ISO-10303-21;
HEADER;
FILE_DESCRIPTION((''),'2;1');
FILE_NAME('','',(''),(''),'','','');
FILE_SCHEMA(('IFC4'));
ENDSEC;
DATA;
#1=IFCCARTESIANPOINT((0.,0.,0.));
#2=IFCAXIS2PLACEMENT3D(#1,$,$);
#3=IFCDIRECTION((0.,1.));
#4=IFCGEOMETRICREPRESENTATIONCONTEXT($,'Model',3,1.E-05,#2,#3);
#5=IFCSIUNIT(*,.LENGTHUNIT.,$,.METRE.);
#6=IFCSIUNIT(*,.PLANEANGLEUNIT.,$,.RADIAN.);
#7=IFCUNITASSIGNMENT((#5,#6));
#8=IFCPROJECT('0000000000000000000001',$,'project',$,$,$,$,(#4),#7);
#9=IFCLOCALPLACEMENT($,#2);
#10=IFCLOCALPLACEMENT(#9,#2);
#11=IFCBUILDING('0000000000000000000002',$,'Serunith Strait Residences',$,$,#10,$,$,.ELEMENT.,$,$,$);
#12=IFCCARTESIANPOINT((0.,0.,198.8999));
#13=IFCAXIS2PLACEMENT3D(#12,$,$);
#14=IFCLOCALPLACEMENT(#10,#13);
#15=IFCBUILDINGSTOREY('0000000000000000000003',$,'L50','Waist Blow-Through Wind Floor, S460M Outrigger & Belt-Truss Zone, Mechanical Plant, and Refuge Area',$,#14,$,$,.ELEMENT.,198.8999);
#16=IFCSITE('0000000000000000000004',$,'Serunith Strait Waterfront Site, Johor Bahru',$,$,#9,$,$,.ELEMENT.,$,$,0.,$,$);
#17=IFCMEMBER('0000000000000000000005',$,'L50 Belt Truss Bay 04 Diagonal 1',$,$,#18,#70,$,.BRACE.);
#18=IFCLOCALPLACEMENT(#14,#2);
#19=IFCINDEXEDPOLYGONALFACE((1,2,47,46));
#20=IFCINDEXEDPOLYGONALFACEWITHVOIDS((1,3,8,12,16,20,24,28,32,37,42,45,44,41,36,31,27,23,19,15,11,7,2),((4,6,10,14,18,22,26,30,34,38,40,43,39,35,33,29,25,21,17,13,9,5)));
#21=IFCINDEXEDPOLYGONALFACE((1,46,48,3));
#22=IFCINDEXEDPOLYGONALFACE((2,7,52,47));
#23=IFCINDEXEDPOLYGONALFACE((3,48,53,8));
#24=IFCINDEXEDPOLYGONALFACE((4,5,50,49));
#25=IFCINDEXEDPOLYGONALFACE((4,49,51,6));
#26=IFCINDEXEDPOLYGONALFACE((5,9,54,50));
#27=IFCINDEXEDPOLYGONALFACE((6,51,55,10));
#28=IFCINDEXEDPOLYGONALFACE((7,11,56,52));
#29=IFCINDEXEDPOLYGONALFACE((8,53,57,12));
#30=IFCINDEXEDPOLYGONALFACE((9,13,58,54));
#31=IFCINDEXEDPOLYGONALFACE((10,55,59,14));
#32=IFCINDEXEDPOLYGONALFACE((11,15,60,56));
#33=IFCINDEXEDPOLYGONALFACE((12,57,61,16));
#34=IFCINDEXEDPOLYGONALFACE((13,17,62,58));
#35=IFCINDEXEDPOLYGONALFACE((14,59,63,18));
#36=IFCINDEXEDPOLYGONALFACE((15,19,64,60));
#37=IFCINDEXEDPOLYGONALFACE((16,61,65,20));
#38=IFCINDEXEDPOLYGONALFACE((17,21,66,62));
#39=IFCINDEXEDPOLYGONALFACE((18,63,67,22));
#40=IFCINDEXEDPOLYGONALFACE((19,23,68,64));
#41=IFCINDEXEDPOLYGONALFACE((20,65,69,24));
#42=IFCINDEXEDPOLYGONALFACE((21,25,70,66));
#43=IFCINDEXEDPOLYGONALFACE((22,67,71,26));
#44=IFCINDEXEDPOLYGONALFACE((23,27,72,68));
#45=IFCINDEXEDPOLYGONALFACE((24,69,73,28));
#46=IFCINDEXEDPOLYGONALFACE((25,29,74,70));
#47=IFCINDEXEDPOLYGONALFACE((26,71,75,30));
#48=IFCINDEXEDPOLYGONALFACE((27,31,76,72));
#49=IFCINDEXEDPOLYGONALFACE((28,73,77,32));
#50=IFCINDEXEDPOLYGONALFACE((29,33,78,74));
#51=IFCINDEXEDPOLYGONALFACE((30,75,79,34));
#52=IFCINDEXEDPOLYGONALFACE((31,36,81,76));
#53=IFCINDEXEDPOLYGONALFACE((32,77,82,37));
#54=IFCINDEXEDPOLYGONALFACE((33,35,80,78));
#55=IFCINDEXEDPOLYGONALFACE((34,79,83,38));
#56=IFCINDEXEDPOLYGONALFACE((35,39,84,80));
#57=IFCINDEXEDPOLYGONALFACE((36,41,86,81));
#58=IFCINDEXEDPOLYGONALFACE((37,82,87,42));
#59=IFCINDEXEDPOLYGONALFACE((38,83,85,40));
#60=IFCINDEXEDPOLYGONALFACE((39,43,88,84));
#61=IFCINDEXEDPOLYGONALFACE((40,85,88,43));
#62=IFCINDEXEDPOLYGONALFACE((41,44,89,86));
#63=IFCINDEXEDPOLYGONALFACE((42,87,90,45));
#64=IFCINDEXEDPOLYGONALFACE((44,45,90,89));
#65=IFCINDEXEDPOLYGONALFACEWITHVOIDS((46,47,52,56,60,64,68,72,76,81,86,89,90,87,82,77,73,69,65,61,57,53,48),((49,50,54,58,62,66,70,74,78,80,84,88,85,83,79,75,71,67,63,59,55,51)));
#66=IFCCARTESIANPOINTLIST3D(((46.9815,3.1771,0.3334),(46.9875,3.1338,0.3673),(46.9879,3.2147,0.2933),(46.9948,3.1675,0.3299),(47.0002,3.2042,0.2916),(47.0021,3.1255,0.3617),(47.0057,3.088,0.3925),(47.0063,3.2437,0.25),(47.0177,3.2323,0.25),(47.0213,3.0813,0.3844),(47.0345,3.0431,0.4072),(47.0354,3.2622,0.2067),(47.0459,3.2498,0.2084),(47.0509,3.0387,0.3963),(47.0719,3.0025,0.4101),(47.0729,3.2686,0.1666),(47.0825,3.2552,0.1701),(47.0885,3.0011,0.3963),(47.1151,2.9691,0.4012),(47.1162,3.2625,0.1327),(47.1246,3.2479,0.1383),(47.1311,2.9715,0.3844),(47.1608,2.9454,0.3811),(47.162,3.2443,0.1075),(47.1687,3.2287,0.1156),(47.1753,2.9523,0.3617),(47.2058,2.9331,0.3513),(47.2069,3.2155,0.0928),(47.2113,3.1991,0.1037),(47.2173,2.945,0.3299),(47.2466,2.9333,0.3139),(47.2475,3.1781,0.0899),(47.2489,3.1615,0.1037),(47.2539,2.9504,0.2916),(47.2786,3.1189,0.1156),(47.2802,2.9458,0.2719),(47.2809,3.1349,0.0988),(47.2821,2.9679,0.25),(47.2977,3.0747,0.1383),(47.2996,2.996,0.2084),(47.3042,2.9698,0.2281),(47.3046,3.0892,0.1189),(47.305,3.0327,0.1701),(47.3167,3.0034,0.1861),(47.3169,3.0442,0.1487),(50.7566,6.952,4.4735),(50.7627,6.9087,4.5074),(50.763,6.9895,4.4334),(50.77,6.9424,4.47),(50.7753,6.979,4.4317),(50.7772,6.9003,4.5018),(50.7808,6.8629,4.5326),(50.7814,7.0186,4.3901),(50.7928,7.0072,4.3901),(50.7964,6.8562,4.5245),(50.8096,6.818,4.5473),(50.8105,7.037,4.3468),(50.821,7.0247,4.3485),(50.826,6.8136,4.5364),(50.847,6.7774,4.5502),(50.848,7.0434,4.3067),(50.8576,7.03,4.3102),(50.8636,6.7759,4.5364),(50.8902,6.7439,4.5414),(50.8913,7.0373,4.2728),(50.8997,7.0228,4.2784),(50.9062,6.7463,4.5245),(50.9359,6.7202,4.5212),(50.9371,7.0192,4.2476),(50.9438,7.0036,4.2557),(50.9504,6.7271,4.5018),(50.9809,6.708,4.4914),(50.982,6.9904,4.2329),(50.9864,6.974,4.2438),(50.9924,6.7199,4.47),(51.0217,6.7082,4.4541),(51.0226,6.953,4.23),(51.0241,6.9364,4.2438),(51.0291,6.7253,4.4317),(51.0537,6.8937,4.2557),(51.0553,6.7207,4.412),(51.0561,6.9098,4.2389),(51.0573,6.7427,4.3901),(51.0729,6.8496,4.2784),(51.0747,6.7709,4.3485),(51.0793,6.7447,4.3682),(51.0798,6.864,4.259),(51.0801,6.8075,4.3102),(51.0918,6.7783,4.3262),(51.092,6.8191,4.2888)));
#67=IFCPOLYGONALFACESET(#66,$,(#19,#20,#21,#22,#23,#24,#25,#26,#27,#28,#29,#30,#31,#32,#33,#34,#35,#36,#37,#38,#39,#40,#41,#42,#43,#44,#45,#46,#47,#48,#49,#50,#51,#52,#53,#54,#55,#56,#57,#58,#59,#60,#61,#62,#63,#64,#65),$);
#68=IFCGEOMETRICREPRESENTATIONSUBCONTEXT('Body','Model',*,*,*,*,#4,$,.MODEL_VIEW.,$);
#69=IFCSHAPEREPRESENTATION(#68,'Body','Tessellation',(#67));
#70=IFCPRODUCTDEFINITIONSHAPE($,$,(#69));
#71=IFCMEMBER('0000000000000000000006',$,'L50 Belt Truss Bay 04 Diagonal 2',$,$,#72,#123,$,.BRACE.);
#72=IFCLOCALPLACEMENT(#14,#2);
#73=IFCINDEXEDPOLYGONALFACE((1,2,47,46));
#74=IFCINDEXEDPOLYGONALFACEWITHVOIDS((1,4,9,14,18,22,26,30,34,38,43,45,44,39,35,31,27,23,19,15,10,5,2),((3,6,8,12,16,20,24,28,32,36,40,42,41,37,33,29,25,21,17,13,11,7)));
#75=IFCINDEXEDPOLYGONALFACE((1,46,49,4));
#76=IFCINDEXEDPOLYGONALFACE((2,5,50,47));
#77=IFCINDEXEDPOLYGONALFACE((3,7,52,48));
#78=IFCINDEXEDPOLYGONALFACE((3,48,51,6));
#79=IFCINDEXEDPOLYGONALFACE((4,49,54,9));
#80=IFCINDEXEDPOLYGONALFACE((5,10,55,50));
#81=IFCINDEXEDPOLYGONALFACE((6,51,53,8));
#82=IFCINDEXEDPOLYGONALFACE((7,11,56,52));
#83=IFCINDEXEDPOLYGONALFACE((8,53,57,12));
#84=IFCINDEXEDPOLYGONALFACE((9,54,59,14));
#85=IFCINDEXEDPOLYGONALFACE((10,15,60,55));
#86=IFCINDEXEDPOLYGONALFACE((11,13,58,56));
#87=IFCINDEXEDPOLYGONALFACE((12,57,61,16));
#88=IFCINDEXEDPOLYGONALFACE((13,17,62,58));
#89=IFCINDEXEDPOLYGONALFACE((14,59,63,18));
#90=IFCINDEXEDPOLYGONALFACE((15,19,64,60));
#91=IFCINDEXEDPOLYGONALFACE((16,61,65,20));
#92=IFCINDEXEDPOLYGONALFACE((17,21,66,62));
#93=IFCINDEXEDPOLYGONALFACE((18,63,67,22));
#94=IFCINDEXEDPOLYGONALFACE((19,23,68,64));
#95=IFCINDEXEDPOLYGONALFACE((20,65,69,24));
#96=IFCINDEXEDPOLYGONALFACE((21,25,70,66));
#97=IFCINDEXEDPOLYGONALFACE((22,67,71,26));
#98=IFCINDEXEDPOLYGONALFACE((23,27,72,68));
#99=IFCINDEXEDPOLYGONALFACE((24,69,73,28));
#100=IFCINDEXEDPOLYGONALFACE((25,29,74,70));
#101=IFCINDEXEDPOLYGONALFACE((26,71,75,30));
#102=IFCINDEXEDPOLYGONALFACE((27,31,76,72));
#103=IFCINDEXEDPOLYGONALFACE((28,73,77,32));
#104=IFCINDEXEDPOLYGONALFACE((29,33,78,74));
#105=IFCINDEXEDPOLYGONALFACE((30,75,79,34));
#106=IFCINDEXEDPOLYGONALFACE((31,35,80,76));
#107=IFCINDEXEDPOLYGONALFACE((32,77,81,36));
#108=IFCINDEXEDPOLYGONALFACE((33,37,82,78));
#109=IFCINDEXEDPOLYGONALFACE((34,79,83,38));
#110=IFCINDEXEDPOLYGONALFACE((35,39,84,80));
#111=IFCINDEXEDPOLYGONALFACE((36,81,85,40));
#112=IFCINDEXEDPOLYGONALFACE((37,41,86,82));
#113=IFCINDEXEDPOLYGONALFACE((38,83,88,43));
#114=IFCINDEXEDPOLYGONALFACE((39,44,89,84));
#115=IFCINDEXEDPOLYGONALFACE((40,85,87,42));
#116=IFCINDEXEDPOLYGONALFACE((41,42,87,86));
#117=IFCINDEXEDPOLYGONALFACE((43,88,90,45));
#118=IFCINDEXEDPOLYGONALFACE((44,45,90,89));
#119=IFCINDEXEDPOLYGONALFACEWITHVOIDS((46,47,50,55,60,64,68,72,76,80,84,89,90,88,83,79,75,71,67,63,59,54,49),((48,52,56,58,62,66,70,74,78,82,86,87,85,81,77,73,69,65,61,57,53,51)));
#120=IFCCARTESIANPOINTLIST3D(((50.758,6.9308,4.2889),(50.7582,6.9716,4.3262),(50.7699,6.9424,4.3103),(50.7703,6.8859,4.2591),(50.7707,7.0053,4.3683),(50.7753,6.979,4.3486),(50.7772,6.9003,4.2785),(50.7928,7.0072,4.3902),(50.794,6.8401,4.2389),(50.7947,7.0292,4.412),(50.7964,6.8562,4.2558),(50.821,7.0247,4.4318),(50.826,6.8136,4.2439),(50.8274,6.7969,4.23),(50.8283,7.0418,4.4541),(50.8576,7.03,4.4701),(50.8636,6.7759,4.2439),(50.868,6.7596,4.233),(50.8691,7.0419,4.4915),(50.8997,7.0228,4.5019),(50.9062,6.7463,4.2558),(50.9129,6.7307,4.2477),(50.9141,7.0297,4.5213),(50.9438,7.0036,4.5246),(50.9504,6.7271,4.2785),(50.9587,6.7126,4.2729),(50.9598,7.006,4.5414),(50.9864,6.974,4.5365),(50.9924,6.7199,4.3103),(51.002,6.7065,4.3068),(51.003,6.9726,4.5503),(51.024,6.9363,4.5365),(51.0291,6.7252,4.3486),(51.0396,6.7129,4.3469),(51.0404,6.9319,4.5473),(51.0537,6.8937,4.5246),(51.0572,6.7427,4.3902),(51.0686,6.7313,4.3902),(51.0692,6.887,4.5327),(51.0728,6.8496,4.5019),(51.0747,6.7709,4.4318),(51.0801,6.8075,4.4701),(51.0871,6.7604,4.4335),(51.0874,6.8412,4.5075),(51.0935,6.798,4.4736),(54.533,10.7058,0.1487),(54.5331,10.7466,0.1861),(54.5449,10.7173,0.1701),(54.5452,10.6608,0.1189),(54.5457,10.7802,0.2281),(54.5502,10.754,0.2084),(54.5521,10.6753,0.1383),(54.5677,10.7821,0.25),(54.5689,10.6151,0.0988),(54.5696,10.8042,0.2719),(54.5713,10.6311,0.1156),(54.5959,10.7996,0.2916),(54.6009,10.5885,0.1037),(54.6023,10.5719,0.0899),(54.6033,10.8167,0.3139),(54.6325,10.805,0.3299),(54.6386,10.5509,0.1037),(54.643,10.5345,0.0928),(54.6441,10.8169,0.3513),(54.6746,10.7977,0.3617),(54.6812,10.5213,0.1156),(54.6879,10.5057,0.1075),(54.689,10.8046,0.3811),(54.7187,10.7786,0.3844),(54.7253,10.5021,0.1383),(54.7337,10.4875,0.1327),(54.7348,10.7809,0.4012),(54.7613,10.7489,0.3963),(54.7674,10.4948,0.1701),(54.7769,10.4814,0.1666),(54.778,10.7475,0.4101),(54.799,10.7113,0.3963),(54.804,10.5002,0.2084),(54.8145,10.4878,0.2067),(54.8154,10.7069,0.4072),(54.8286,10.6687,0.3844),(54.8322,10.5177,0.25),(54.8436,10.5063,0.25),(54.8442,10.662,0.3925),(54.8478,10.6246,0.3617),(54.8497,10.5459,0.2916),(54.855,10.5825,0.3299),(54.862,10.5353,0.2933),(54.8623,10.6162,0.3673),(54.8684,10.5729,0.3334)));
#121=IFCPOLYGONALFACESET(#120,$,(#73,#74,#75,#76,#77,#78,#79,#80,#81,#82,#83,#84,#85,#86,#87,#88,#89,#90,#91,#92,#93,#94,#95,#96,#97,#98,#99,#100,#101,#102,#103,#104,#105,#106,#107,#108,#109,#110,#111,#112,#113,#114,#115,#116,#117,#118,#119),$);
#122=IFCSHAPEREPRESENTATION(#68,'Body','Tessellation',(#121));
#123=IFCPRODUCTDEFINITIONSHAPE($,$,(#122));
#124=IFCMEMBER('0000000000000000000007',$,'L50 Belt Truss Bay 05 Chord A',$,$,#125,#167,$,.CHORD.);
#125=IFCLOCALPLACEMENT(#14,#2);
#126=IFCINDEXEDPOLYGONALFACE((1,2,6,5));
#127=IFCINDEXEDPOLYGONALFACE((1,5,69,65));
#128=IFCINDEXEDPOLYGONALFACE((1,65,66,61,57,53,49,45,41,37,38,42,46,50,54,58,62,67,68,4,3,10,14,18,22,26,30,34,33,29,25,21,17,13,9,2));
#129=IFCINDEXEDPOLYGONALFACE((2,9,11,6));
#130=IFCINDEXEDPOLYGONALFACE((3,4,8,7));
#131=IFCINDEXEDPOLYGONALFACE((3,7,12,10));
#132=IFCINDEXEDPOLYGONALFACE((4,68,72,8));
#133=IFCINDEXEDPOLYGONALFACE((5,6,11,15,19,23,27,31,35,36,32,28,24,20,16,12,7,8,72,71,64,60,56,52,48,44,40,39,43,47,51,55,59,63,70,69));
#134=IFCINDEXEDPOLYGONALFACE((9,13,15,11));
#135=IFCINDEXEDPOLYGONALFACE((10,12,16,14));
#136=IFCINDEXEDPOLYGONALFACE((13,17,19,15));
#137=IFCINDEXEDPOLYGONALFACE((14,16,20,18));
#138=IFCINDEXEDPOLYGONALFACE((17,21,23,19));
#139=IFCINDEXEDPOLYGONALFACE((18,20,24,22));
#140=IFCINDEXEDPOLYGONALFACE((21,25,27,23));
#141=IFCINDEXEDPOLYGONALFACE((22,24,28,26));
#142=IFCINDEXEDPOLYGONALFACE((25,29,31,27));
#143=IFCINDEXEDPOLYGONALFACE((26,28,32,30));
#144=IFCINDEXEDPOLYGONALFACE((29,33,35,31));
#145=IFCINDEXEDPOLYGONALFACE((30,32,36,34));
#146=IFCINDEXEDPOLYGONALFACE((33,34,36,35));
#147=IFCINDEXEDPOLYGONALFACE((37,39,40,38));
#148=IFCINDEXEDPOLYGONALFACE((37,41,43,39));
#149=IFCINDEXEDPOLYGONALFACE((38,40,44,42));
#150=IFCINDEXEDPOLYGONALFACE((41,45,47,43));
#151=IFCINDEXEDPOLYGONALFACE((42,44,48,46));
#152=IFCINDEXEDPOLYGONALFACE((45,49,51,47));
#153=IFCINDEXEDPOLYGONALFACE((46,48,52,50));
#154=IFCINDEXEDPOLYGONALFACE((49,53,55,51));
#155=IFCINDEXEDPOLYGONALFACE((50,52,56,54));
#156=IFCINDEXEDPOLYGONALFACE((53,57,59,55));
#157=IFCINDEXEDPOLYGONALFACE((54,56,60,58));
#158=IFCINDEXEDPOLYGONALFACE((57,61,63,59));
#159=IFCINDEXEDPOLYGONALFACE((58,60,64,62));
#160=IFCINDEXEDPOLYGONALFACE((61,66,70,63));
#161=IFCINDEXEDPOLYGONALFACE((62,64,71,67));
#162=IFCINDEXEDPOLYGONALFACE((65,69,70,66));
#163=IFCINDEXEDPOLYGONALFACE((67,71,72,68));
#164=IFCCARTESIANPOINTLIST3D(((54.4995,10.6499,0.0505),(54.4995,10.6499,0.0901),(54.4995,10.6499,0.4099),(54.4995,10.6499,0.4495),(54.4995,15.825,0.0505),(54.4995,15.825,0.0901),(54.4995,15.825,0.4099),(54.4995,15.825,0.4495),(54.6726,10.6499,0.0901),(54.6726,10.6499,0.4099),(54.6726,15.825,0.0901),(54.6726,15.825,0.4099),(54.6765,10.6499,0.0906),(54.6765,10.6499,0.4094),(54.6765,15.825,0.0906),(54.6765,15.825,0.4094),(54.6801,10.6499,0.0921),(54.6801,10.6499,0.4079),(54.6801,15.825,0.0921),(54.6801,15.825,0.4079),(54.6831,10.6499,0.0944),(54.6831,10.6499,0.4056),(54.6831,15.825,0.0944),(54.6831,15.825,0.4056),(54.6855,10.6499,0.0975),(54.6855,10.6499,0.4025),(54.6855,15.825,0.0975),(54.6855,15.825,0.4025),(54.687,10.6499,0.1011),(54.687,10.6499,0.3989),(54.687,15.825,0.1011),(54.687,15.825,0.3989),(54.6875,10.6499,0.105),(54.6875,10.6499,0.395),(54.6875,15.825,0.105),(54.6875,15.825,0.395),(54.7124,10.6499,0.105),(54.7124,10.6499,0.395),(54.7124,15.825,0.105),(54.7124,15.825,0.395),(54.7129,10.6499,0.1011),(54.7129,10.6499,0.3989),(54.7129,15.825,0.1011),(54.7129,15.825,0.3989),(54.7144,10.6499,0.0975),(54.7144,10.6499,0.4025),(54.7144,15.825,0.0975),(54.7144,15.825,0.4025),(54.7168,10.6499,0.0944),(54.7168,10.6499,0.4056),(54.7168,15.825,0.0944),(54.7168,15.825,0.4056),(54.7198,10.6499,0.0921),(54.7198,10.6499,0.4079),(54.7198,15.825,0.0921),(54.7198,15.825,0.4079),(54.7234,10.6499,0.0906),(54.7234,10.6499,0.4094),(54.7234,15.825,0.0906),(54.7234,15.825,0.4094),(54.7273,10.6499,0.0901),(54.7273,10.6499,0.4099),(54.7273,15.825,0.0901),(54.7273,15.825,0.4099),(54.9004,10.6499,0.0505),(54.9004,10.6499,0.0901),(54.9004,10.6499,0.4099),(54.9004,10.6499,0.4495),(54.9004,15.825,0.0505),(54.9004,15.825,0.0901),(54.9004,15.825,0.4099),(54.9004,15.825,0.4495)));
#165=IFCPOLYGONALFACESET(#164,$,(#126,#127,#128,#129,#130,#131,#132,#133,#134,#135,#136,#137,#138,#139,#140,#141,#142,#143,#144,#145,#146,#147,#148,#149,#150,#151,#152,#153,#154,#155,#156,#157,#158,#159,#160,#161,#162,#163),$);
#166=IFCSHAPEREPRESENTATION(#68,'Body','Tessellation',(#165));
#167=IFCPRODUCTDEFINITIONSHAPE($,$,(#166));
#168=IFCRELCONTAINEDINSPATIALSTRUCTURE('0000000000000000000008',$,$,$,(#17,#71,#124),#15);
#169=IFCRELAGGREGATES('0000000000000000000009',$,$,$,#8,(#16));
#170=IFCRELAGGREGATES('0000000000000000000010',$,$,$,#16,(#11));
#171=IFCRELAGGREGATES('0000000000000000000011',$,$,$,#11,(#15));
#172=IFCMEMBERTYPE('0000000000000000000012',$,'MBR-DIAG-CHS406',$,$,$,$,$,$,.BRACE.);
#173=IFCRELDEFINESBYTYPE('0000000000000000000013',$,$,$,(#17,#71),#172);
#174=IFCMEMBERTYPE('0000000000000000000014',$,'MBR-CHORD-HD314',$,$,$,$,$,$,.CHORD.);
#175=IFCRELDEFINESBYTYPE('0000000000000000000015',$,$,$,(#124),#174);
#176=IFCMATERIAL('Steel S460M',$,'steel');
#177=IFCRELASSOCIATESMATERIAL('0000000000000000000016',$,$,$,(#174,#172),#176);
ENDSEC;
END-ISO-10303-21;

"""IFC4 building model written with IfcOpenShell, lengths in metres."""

from ifc_helpers import new_model, si_unit, direction, frame, origin, origin_2d, place, context, subcontext, project, spatial, hollow_circle, i_section, extrude, source, transform, mapped, material, material_profile, profile_set, type_object, element, save


model = new_model("IFC4")

# Units and contexts
model_context = context("Model", 3, precision=1e-05, world=origin(), true_north=direction((0.0, 1.0)))
body_context = subcontext(model_context, "Body", "Model", "MODEL_VIEW")
ifc_project = project(units=[si_unit("LENGTHUNIT", "METRE"), si_unit("PLANEANGLEUNIT", "RADIAN")], contexts=[model_context])

# Site, building, storey
site_placement = place(None, origin())
site = spatial("IfcSite", under=ifc_project, at=site_placement, Name="Serunith Strait Waterfront Site, Johor Bahru", CompositionType="ELEMENT", RefElevation=0.0)
building_placement = place(site_placement, origin())
building = spatial("IfcBuilding", under=site, at=building_placement, Name="Serunith Strait Residences", CompositionType="ELEMENT")
storey_placement = place(building_placement, frame((0.0, 0.0, 198.8999)))
storey = spatial("IfcBuildingStorey", under=building, at=storey_placement, Name="L50", Description="Waist Blow-Through Wind Floor, S460M Outrigger & Belt-Truss Zone, Mechanical Plant, and Refuge Area", CompositionType="ELEMENT", Elevation=198.8999)

# Members
ifc_material_1 = material(Name="Steel S460M", Category="steel")
ifc_material_profile_1 = material_profile(ifc_material_1, i_section(OverallWidth=0.4009, OverallDepth=0.3989, WebThickness=0.0249, FlangeThickness=0.0396, FilletRadius=0.0149, at=origin_2d()), Name="HD 400x314")
ifc_profile_set_1 = profile_set([ifc_material_profile_1], Name="Steel S460M")
member_type_1 = type_object("IfcMemberType", Name="MBR-CHORD-HD314", PredefinedType="CHORD", material=ifc_profile_set_1)
ifc_material_profile_2 = material_profile(ifc_material_1, hollow_circle(Radius=0.2031, WallThickness=0.0161, at=origin_2d()), Name="CHS 406.4x16")
ifc_profile_set_2 = profile_set([ifc_material_profile_2], Name="Steel S460M")
member_type_2 = type_object("IfcMemberType", Name="MBR-DIAG-CHS406", PredefinedType="BRACE", material=ifc_profile_set_2)
shared_shape_1 = source(origin(), body_context, "Body", "SweptSolid", [
    extrude(hollow_circle(Radius=0.2031, WallThickness=0.0161, at=origin_2d()), origin(), (0.0, 0.0, 1.0), 6.7559),
])
for number, where, z_axis, x_axis, name in (
    (1, (47.1499, 3.1001, 0.25), (0.558792, 0.558755, 0.612817), (-0.707084, 0.70713, 0.0), "L50 Belt Truss Bay 04 Diagonal 1"),
    (2, (54.7, 10.6499, 0.25), (-0.558767, -0.558767, 0.612829), (0.707107, -0.707107, 0.0), "L50 Belt Truss Bay 04 Diagonal 2"),
):
    element("IfcMember", number, at=place(storey_placement, frame(where, z_axis=z_axis, x_axis=x_axis)), inside=storey, type_object=member_type_2, Name=name, PredefinedType="BRACE", context=body_context, shape_type="MappedRepresentation", body=[
        mapped(shared_shape_1, transform((0.0, 0.0, 0.0), scale=1.0)),
    ])
shared_shape_2 = source(origin(), body_context, "Body", "SweptSolid", [
    extrude(i_section(OverallWidth=0.4009, OverallDepth=0.3989, WebThickness=0.0249, FlangeThickness=0.0396, FilletRadius=0.0149, at=origin_2d()), origin(), (0.0, 0.0, 1.0), 5.175),
])
member_1_placement = place(storey_placement, frame((54.7, 10.6499, 0.25), z_axis=(0.0, 1.0, 0.0), x_axis=(-1.0, 0.0, 0.0)))
element("IfcMember", 3, at=member_1_placement, inside=storey, type_object=member_type_1, Name="L50 Belt Truss Bay 05 Chord A", PredefinedType="CHORD", context=body_context, shape_type="MappedRepresentation", body=[
    mapped(shared_shape_2, transform((0.0, 0.0, 0.0), scale=1.0)),
])

save(model, "model.ifc")
